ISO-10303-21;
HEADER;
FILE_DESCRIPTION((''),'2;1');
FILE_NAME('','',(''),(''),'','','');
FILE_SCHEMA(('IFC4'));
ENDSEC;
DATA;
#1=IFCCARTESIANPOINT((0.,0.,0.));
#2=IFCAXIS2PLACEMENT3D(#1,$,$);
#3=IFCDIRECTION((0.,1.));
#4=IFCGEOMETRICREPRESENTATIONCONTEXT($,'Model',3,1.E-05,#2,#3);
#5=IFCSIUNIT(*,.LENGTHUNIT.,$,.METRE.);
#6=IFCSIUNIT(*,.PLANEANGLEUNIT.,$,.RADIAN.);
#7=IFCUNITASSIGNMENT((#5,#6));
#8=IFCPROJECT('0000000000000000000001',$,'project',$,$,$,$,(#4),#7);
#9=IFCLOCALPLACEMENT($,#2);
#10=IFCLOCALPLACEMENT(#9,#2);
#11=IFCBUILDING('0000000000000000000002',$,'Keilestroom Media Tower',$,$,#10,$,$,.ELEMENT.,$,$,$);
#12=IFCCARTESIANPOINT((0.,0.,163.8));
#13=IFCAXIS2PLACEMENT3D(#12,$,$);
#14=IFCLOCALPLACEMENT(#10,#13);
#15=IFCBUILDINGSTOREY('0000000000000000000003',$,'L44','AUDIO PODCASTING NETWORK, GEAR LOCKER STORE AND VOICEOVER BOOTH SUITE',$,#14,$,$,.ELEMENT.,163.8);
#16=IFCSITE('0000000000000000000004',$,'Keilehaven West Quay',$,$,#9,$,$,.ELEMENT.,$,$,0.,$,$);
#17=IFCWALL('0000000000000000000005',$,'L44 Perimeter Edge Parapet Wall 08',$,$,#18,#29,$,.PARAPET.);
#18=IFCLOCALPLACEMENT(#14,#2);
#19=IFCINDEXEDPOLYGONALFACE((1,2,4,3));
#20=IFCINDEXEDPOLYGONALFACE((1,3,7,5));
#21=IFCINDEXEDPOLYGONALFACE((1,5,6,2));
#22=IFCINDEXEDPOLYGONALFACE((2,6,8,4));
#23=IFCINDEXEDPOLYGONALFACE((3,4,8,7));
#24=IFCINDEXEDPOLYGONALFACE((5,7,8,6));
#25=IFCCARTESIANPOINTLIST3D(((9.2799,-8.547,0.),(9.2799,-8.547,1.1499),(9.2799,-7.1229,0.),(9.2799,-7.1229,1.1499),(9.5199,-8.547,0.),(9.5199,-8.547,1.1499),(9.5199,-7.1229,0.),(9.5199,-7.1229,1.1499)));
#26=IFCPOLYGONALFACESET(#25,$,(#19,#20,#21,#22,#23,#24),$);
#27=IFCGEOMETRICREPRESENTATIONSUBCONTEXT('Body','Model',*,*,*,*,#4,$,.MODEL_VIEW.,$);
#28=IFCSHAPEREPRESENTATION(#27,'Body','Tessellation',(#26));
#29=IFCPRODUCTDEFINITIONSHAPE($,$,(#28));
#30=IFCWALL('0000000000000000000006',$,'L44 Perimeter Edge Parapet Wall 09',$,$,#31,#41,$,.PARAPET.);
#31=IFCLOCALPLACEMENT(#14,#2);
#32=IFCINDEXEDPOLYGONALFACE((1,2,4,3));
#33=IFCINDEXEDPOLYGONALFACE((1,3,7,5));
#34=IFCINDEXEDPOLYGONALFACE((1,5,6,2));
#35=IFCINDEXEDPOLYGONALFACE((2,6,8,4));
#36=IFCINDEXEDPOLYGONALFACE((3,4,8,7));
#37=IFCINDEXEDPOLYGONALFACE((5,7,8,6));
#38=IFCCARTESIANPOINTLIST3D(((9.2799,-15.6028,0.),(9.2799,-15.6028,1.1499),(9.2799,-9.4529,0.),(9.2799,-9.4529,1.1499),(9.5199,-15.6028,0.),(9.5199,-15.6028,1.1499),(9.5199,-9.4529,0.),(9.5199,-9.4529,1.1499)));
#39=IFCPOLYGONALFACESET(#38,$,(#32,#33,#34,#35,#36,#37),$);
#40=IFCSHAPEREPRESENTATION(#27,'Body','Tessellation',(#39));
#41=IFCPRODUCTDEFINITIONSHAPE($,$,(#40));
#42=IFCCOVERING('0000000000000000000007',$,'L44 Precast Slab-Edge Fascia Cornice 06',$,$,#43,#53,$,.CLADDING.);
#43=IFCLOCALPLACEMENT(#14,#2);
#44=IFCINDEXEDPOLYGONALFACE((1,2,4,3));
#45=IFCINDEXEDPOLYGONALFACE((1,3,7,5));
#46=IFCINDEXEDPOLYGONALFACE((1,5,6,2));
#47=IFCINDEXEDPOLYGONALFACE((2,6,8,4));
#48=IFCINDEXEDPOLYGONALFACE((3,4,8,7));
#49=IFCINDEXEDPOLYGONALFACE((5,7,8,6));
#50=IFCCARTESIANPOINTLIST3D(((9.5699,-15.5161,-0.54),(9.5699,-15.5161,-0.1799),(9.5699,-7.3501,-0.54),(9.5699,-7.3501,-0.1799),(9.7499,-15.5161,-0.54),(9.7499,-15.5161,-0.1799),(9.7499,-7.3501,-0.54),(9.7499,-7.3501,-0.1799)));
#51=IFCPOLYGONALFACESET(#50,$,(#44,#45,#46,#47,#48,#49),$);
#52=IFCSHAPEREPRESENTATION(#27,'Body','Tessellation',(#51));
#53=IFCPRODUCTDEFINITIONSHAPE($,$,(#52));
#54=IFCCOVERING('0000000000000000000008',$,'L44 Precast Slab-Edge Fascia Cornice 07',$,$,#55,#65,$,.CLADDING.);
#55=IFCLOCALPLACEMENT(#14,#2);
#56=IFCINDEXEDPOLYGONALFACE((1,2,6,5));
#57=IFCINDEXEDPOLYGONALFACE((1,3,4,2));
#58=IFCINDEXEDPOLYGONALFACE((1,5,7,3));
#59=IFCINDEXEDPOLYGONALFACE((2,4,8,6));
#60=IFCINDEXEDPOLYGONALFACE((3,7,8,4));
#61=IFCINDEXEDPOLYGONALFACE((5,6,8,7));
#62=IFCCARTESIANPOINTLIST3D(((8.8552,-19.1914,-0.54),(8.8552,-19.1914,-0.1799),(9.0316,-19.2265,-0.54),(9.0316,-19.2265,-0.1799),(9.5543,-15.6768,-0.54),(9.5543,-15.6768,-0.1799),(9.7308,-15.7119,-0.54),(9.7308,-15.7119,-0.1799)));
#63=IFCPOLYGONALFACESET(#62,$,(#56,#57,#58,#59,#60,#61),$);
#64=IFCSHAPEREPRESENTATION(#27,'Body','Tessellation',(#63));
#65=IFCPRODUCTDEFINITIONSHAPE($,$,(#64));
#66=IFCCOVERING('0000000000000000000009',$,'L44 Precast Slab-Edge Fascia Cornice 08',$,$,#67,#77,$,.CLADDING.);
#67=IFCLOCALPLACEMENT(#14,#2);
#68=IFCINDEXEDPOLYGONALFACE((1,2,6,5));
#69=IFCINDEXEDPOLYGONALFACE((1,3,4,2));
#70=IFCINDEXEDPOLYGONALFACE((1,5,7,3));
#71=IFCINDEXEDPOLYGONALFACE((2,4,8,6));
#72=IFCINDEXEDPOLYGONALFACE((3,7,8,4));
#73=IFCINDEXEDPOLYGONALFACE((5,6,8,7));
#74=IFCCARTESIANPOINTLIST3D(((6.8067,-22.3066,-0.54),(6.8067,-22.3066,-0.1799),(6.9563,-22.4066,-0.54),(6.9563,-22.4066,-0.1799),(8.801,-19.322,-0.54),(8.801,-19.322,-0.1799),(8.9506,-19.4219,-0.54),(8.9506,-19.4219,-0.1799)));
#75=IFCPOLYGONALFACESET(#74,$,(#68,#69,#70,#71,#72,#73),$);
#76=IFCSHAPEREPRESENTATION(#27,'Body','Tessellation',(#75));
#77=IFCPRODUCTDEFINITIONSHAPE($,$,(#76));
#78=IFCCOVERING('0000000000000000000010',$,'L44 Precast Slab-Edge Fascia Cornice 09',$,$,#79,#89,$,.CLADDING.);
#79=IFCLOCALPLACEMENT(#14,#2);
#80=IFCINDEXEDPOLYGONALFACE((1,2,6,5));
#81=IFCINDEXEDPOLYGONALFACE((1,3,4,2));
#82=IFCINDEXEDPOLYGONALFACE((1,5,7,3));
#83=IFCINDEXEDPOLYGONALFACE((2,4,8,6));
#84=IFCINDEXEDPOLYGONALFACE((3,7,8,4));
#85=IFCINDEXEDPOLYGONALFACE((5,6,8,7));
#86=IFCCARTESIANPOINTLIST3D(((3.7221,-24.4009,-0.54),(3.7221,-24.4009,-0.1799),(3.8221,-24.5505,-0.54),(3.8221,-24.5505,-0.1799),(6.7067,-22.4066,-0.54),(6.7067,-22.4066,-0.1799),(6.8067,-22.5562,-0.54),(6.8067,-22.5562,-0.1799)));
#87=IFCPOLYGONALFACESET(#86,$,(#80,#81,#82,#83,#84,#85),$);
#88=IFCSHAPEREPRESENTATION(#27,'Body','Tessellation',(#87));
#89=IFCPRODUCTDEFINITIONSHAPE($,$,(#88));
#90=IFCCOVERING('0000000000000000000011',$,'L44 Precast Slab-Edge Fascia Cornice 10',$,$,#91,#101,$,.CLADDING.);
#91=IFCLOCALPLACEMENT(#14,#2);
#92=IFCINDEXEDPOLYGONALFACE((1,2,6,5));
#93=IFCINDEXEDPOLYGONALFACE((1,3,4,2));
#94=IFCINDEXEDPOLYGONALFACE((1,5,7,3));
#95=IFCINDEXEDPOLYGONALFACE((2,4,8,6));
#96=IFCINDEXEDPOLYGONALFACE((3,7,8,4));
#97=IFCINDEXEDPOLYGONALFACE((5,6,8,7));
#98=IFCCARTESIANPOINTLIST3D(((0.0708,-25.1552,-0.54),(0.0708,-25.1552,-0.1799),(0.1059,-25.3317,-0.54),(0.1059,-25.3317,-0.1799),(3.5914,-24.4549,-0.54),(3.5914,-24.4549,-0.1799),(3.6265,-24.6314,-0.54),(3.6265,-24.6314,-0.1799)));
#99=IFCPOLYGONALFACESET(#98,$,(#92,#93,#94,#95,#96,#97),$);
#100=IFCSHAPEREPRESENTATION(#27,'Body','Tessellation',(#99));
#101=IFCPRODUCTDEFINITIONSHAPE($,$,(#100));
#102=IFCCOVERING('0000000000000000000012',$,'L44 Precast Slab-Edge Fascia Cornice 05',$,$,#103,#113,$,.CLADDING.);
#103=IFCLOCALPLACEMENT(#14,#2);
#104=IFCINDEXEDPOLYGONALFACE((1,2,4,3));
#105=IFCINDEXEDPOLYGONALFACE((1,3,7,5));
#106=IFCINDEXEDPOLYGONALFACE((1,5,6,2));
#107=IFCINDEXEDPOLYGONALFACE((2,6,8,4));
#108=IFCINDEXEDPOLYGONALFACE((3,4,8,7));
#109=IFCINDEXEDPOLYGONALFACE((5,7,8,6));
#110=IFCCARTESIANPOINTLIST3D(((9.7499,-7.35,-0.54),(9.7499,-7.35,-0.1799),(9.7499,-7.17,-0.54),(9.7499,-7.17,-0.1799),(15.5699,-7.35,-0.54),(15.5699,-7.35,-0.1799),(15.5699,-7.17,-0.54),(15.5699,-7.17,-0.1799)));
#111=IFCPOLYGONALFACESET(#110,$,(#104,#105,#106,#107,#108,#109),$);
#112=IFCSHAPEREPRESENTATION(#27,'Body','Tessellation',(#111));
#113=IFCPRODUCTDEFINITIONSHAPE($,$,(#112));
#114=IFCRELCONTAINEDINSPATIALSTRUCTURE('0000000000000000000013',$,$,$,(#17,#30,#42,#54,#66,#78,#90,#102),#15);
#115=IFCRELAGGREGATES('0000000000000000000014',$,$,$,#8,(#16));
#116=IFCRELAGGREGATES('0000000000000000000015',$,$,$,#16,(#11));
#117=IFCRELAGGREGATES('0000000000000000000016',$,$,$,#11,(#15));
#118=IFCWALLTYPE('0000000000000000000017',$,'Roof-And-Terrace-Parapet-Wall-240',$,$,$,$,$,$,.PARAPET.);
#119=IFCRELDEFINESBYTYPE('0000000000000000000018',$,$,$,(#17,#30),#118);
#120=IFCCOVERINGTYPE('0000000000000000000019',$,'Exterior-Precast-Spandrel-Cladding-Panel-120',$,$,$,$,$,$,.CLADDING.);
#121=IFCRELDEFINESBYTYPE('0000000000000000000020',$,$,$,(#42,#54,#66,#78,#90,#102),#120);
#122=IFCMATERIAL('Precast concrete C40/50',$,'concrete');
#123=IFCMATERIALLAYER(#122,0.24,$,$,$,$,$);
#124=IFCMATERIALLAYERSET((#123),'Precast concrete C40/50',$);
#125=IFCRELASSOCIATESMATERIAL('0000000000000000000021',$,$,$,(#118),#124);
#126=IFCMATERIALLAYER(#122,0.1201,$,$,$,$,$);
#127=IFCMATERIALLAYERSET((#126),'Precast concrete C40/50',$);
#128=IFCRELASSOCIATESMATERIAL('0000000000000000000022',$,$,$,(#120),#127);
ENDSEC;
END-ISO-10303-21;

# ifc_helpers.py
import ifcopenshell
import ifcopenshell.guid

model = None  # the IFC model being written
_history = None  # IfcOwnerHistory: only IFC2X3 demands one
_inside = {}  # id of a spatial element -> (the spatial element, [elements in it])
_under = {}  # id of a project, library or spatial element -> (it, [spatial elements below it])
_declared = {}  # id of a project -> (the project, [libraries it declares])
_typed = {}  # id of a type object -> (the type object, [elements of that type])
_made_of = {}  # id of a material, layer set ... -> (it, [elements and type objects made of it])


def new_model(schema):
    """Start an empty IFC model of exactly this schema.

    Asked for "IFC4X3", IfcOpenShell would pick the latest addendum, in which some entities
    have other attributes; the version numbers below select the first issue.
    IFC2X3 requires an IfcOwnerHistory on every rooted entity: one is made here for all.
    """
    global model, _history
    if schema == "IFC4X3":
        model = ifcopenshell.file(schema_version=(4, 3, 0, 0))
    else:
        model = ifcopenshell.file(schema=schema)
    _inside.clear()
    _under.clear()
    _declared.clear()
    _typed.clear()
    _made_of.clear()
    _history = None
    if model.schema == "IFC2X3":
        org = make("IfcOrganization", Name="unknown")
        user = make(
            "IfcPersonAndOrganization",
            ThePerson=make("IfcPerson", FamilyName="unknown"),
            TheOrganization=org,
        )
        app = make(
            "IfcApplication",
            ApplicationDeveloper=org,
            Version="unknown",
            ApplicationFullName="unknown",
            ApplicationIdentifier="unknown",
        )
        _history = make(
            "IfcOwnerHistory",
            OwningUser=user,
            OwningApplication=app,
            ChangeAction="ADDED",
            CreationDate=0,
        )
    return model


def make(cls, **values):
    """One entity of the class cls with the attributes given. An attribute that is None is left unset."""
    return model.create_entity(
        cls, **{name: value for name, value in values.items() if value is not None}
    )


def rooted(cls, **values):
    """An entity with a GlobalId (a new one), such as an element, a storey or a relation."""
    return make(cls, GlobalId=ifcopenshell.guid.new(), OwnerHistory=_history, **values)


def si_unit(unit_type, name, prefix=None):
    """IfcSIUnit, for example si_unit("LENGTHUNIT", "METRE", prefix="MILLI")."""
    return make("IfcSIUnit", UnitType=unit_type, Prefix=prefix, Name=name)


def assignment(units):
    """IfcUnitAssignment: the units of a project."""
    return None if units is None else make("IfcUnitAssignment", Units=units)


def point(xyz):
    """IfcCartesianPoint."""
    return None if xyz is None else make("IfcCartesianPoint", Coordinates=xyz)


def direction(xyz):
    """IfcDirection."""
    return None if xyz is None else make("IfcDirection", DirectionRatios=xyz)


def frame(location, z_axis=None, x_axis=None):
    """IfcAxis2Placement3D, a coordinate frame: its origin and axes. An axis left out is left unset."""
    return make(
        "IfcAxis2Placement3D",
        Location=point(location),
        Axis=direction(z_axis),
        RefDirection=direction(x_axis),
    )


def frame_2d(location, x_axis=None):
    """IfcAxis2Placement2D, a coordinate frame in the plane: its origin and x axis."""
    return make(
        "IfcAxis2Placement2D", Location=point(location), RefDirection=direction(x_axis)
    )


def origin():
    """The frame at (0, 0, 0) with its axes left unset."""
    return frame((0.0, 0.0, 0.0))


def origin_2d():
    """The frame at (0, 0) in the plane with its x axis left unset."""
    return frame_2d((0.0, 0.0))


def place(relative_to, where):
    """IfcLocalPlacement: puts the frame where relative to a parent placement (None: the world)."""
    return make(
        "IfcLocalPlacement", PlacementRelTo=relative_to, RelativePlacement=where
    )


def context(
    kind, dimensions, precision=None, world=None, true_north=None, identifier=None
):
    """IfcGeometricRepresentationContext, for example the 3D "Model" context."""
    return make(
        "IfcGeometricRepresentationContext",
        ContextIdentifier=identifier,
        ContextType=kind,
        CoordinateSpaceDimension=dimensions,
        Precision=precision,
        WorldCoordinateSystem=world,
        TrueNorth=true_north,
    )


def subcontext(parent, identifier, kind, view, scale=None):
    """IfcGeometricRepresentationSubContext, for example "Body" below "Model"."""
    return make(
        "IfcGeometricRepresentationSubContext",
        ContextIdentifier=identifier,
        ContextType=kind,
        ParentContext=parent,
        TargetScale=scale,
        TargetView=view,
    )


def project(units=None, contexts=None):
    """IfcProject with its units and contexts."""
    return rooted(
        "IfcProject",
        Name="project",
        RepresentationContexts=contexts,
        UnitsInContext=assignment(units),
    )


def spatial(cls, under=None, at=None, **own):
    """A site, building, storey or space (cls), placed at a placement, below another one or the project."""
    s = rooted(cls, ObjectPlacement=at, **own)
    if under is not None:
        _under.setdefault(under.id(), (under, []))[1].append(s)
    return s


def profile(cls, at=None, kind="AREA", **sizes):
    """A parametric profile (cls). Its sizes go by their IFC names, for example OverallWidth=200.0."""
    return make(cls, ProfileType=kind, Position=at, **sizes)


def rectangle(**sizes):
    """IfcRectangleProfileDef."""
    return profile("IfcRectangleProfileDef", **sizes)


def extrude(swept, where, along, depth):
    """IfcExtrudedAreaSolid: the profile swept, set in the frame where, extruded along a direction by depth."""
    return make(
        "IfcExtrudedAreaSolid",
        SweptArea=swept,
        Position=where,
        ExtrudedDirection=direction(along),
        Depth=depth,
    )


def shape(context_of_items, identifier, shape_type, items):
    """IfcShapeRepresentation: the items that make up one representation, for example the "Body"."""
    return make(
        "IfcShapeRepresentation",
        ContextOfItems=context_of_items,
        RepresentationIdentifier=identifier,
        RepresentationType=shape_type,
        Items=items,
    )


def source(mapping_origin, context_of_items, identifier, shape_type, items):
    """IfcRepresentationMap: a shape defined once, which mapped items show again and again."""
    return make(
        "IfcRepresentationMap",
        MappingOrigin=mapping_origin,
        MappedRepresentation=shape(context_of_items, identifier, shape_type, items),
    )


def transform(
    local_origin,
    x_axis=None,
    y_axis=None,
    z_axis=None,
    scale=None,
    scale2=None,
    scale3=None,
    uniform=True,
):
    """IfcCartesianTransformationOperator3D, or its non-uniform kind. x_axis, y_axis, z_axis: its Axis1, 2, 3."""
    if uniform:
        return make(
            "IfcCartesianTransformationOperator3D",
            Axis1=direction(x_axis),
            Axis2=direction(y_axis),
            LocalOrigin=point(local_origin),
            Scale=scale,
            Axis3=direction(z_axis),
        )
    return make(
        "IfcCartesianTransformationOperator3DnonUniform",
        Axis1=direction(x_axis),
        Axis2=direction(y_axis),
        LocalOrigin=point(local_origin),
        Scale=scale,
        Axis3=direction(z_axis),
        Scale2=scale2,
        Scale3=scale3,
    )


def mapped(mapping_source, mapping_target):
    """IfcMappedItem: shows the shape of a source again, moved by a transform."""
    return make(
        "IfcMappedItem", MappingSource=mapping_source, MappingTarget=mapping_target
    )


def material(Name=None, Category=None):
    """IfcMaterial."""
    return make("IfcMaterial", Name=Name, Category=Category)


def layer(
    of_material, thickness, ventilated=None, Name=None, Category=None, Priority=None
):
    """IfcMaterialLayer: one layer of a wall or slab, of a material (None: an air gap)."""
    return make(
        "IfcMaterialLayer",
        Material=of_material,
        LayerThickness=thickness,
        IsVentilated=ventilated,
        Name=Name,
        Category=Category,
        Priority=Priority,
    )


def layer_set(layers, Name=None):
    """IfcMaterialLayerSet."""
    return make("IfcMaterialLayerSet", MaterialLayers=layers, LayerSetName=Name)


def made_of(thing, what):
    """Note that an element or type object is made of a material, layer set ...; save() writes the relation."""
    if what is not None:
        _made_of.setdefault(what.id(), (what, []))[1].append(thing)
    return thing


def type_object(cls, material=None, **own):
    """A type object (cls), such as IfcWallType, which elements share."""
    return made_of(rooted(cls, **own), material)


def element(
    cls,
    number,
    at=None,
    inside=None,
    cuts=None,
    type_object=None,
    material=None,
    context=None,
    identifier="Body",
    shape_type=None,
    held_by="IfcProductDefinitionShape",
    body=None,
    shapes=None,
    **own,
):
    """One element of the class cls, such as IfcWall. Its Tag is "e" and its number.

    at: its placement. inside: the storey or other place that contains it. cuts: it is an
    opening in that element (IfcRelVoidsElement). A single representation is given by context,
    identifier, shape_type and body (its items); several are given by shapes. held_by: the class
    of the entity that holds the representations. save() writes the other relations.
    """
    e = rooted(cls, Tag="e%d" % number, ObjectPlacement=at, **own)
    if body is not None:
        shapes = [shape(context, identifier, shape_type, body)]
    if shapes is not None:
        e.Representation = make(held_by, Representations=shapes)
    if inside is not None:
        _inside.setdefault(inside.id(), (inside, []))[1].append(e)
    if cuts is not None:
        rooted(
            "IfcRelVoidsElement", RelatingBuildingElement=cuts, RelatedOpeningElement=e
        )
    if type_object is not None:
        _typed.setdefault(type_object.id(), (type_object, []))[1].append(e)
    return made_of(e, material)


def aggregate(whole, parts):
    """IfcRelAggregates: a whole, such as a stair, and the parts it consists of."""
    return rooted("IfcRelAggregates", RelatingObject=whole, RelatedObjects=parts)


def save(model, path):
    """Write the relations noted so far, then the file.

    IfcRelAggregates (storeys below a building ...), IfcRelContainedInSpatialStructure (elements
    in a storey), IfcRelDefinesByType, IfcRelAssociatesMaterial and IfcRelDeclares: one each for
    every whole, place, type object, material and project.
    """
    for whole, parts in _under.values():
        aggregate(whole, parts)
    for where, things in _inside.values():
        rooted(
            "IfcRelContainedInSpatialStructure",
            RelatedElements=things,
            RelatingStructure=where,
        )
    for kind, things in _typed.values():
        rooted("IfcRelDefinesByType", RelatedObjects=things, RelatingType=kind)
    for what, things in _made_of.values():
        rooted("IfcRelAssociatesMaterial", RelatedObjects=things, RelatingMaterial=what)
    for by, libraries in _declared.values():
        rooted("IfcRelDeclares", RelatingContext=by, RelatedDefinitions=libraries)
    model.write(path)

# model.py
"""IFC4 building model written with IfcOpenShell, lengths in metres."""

from ifc_helpers import new_model, si_unit, direction, frame, frame_2d, origin, origin_2d, place, context, subcontext, project, spatial, rectangle, extrude, source, transform, mapped, material, layer, layer_set, type_object, element, save


model = new_model("IFC4")

# Units and contexts
model_context = context("Model", 3, precision=1e-05, world=origin(), true_north=direction((0.0, 1.0)))
body_context = subcontext(model_context, "Body", "Model", "MODEL_VIEW")
ifc_project = project(units=[si_unit("LENGTHUNIT", "METRE"), si_unit("PLANEANGLEUNIT", "RADIAN")], contexts=[model_context])

# Site, building, storey
site_placement = place(None, origin())
site = spatial("IfcSite", under=ifc_project, at=site_placement, Name="Keilehaven West Quay", CompositionType="ELEMENT", RefElevation=0.0)
building_placement = place(site_placement, origin())
building = spatial("IfcBuilding", under=site, at=building_placement, Name="Keilestroom Media Tower", CompositionType="ELEMENT")
storey_placement = place(building_placement, frame((0.0, 0.0, 163.8)))
storey = spatial("IfcBuildingStorey", under=building, at=storey_placement, Name="L44", Description="AUDIO PODCASTING NETWORK, GEAR LOCKER STORE AND VOICEOVER BOOTH SUITE", CompositionType="ELEMENT", Elevation=163.8)

# Shared definitions
ifc_material_1 = material(Name="Precast concrete C40/50", Category="concrete")

# Walls
ifc_layer_1 = layer(ifc_material_1, 0.24)
ifc_layer_set_1 = layer_set([ifc_layer_1], Name="Precast concrete C40/50")
wall_type_1 = type_object("IfcWallType", Name="Roof-And-Terrace-Parapet-Wall-240", PredefinedType="PARAPET", material=ifc_layer_set_1)
wall_1_placement = place(storey_placement, frame((9.3999, -7.123, 0.0), z_axis=(0.0, 0.0, 1.0), x_axis=(0.0, -1.0, 0.0)))
element("IfcWall", 1, at=wall_1_placement, inside=storey, type_object=wall_type_1, Name="L44 Perimeter Edge Parapet Wall 08", PredefinedType="PARAPET", context=body_context, shape_type="SweptSolid", body=[
    extrude(rectangle(XDim=1.4241, YDim=0.24, at=frame_2d((0.7119, 0.0))), origin(), (0.0, 0.0, 1.0), 1.1499),
])
wall_2_placement = place(storey_placement, frame((9.3999, -9.4529, 0.0), z_axis=(0.0, 0.0, 1.0), x_axis=(0.0, -1.0, 0.0)))
element("IfcWall", 2, at=wall_2_placement, inside=storey, type_object=wall_type_1, Name="L44 Perimeter Edge Parapet Wall 09", PredefinedType="PARAPET", context=body_context, shape_type="SweptSolid", body=[
    extrude(rectangle(XDim=6.1499, YDim=0.24, at=frame_2d((3.075, 0.0))), origin(), (0.0, 0.0, 1.0), 1.1499),
])

# Coverings
ifc_layer_2 = layer(ifc_material_1, 0.1201)
ifc_layer_set_2 = layer_set([ifc_layer_2], Name="Precast concrete C40/50")
covering_type = type_object("IfcCoveringType", Name="Exterior-Precast-Spandrel-Cladding-Panel-120", PredefinedType="CLADDING", material=ifc_layer_set_2)
shared_shape_1 = source(origin(), body_context, "Body", "SweptSolid", [
    extrude(rectangle(XDim=8.166, YDim=0.1799, at=origin_2d()), origin(), (0.0, 0.0, 1.0), 0.3601),
])
covering_1_placement = place(storey_placement, frame((9.6599, -11.4331, -0.54), z_axis=(0.0, 0.0, 1.0), x_axis=(0.0, -1.0, 0.0)))
element("IfcCovering", 3, at=covering_1_placement, inside=storey, type_object=covering_type, Name="L44 Precast Slab-Edge Fascia Cornice 06", PredefinedType="CLADDING", context=body_context, shape_type="MappedRepresentation", body=[
    mapped(shared_shape_1, transform((0.0, 0.0, 0.0), x_axis=(1.0, 0.0, 0.0), y_axis=(0.0, 1.0, 0.0), z_axis=(0.0, 0.0, 1.0), scale=1.0)),
])
shared_shape_2 = source(origin(), body_context, "Body", "SweptSolid", [
    extrude(rectangle(XDim=3.5835, YDim=0.1799, at=origin_2d()), origin(), (0.0, 0.0, 1.0), 0.3601),
])
covering_2_placement = place(storey_placement, frame((9.293, -17.4517, -0.54), z_axis=(0.0, 0.0, 1.0), x_axis=(-0.195099, -0.980784, 0.0)))
element("IfcCovering", 4, at=covering_2_placement, inside=storey, type_object=covering_type, Name="L44 Precast Slab-Edge Fascia Cornice 07", PredefinedType="CLADDING", context=body_context, shape_type="MappedRepresentation", body=[
    mapped(shared_shape_2, transform((0.0, 0.0, 0.0), x_axis=(1.0, 0.0, 0.0), y_axis=(0.0, 1.0, 0.0), z_axis=(0.0, 0.0, 1.0), scale=1.0)),
])
shared_shape_3 = source(origin(), body_context, "Body", "SweptSolid", [
    extrude(rectangle(XDim=3.5896, YDim=0.1799, at=origin_2d()), origin(), (0.0, 0.0, 1.0), 0.3601),
])
for number, where, z_axis, x_axis, name in (
    (5, (7.8787, -20.8643, -0.54), (0.0, 0.0, 1.0), (-0.555575, -0.831467, 0.0), "L44 Precast Slab-Edge Fascia Cornice 08"),
    (6, (5.2644, -23.4785, -0.54), (0.0, 0.0, 1.0), (-0.831467, -0.555575, 0.0), "L44 Precast Slab-Edge Fascia Cornice 09"),
    (7, (1.8486, -24.8933, -0.54), (0.0, 0.0, 1.0), (-0.980784, -0.195099, 0.0), "L44 Precast Slab-Edge Fascia Cornice 10"),
):
    element("IfcCovering", number, at=place(storey_placement, frame(where, z_axis=z_axis, x_axis=x_axis)), inside=storey, type_object=covering_type, Name=name, PredefinedType="CLADDING", context=body_context, shape_type="MappedRepresentation", body=[
        mapped(shared_shape_3, transform((0.0, 0.0, 0.0), x_axis=(1.0, 0.0, 0.0), y_axis=(0.0, 1.0, 0.0), z_axis=(0.0, 0.0, 1.0), scale=1.0)),
    ])
shared_shape_4 = source(origin(), body_context, "Body", "SweptSolid", [
    extrude(rectangle(XDim=5.8201, YDim=0.1799, at=origin_2d()), origin(), (0.0, 0.0, 1.0), 0.3601),
])
covering_3_placement = place(storey_placement, frame((12.6599, -7.26, -0.54), z_axis=(0.0, 0.0, 1.0), x_axis=(-1.0, 0.0, 0.0)))
element("IfcCovering", 8, at=covering_3_placement, inside=storey, type_object=covering_type, Name="L44 Precast Slab-Edge Fascia Cornice 05", PredefinedType="CLADDING", context=body_context, shape_type="MappedRepresentation", body=[
    mapped(shared_shape_4, transform((0.0, 0.0, 0.0), x_axis=(1.0, 0.0, 0.0), y_axis=(0.0, 1.0, 0.0), z_axis=(0.0, 0.0, 1.0), scale=1.0)),
])

save(model, "model.ifc")
